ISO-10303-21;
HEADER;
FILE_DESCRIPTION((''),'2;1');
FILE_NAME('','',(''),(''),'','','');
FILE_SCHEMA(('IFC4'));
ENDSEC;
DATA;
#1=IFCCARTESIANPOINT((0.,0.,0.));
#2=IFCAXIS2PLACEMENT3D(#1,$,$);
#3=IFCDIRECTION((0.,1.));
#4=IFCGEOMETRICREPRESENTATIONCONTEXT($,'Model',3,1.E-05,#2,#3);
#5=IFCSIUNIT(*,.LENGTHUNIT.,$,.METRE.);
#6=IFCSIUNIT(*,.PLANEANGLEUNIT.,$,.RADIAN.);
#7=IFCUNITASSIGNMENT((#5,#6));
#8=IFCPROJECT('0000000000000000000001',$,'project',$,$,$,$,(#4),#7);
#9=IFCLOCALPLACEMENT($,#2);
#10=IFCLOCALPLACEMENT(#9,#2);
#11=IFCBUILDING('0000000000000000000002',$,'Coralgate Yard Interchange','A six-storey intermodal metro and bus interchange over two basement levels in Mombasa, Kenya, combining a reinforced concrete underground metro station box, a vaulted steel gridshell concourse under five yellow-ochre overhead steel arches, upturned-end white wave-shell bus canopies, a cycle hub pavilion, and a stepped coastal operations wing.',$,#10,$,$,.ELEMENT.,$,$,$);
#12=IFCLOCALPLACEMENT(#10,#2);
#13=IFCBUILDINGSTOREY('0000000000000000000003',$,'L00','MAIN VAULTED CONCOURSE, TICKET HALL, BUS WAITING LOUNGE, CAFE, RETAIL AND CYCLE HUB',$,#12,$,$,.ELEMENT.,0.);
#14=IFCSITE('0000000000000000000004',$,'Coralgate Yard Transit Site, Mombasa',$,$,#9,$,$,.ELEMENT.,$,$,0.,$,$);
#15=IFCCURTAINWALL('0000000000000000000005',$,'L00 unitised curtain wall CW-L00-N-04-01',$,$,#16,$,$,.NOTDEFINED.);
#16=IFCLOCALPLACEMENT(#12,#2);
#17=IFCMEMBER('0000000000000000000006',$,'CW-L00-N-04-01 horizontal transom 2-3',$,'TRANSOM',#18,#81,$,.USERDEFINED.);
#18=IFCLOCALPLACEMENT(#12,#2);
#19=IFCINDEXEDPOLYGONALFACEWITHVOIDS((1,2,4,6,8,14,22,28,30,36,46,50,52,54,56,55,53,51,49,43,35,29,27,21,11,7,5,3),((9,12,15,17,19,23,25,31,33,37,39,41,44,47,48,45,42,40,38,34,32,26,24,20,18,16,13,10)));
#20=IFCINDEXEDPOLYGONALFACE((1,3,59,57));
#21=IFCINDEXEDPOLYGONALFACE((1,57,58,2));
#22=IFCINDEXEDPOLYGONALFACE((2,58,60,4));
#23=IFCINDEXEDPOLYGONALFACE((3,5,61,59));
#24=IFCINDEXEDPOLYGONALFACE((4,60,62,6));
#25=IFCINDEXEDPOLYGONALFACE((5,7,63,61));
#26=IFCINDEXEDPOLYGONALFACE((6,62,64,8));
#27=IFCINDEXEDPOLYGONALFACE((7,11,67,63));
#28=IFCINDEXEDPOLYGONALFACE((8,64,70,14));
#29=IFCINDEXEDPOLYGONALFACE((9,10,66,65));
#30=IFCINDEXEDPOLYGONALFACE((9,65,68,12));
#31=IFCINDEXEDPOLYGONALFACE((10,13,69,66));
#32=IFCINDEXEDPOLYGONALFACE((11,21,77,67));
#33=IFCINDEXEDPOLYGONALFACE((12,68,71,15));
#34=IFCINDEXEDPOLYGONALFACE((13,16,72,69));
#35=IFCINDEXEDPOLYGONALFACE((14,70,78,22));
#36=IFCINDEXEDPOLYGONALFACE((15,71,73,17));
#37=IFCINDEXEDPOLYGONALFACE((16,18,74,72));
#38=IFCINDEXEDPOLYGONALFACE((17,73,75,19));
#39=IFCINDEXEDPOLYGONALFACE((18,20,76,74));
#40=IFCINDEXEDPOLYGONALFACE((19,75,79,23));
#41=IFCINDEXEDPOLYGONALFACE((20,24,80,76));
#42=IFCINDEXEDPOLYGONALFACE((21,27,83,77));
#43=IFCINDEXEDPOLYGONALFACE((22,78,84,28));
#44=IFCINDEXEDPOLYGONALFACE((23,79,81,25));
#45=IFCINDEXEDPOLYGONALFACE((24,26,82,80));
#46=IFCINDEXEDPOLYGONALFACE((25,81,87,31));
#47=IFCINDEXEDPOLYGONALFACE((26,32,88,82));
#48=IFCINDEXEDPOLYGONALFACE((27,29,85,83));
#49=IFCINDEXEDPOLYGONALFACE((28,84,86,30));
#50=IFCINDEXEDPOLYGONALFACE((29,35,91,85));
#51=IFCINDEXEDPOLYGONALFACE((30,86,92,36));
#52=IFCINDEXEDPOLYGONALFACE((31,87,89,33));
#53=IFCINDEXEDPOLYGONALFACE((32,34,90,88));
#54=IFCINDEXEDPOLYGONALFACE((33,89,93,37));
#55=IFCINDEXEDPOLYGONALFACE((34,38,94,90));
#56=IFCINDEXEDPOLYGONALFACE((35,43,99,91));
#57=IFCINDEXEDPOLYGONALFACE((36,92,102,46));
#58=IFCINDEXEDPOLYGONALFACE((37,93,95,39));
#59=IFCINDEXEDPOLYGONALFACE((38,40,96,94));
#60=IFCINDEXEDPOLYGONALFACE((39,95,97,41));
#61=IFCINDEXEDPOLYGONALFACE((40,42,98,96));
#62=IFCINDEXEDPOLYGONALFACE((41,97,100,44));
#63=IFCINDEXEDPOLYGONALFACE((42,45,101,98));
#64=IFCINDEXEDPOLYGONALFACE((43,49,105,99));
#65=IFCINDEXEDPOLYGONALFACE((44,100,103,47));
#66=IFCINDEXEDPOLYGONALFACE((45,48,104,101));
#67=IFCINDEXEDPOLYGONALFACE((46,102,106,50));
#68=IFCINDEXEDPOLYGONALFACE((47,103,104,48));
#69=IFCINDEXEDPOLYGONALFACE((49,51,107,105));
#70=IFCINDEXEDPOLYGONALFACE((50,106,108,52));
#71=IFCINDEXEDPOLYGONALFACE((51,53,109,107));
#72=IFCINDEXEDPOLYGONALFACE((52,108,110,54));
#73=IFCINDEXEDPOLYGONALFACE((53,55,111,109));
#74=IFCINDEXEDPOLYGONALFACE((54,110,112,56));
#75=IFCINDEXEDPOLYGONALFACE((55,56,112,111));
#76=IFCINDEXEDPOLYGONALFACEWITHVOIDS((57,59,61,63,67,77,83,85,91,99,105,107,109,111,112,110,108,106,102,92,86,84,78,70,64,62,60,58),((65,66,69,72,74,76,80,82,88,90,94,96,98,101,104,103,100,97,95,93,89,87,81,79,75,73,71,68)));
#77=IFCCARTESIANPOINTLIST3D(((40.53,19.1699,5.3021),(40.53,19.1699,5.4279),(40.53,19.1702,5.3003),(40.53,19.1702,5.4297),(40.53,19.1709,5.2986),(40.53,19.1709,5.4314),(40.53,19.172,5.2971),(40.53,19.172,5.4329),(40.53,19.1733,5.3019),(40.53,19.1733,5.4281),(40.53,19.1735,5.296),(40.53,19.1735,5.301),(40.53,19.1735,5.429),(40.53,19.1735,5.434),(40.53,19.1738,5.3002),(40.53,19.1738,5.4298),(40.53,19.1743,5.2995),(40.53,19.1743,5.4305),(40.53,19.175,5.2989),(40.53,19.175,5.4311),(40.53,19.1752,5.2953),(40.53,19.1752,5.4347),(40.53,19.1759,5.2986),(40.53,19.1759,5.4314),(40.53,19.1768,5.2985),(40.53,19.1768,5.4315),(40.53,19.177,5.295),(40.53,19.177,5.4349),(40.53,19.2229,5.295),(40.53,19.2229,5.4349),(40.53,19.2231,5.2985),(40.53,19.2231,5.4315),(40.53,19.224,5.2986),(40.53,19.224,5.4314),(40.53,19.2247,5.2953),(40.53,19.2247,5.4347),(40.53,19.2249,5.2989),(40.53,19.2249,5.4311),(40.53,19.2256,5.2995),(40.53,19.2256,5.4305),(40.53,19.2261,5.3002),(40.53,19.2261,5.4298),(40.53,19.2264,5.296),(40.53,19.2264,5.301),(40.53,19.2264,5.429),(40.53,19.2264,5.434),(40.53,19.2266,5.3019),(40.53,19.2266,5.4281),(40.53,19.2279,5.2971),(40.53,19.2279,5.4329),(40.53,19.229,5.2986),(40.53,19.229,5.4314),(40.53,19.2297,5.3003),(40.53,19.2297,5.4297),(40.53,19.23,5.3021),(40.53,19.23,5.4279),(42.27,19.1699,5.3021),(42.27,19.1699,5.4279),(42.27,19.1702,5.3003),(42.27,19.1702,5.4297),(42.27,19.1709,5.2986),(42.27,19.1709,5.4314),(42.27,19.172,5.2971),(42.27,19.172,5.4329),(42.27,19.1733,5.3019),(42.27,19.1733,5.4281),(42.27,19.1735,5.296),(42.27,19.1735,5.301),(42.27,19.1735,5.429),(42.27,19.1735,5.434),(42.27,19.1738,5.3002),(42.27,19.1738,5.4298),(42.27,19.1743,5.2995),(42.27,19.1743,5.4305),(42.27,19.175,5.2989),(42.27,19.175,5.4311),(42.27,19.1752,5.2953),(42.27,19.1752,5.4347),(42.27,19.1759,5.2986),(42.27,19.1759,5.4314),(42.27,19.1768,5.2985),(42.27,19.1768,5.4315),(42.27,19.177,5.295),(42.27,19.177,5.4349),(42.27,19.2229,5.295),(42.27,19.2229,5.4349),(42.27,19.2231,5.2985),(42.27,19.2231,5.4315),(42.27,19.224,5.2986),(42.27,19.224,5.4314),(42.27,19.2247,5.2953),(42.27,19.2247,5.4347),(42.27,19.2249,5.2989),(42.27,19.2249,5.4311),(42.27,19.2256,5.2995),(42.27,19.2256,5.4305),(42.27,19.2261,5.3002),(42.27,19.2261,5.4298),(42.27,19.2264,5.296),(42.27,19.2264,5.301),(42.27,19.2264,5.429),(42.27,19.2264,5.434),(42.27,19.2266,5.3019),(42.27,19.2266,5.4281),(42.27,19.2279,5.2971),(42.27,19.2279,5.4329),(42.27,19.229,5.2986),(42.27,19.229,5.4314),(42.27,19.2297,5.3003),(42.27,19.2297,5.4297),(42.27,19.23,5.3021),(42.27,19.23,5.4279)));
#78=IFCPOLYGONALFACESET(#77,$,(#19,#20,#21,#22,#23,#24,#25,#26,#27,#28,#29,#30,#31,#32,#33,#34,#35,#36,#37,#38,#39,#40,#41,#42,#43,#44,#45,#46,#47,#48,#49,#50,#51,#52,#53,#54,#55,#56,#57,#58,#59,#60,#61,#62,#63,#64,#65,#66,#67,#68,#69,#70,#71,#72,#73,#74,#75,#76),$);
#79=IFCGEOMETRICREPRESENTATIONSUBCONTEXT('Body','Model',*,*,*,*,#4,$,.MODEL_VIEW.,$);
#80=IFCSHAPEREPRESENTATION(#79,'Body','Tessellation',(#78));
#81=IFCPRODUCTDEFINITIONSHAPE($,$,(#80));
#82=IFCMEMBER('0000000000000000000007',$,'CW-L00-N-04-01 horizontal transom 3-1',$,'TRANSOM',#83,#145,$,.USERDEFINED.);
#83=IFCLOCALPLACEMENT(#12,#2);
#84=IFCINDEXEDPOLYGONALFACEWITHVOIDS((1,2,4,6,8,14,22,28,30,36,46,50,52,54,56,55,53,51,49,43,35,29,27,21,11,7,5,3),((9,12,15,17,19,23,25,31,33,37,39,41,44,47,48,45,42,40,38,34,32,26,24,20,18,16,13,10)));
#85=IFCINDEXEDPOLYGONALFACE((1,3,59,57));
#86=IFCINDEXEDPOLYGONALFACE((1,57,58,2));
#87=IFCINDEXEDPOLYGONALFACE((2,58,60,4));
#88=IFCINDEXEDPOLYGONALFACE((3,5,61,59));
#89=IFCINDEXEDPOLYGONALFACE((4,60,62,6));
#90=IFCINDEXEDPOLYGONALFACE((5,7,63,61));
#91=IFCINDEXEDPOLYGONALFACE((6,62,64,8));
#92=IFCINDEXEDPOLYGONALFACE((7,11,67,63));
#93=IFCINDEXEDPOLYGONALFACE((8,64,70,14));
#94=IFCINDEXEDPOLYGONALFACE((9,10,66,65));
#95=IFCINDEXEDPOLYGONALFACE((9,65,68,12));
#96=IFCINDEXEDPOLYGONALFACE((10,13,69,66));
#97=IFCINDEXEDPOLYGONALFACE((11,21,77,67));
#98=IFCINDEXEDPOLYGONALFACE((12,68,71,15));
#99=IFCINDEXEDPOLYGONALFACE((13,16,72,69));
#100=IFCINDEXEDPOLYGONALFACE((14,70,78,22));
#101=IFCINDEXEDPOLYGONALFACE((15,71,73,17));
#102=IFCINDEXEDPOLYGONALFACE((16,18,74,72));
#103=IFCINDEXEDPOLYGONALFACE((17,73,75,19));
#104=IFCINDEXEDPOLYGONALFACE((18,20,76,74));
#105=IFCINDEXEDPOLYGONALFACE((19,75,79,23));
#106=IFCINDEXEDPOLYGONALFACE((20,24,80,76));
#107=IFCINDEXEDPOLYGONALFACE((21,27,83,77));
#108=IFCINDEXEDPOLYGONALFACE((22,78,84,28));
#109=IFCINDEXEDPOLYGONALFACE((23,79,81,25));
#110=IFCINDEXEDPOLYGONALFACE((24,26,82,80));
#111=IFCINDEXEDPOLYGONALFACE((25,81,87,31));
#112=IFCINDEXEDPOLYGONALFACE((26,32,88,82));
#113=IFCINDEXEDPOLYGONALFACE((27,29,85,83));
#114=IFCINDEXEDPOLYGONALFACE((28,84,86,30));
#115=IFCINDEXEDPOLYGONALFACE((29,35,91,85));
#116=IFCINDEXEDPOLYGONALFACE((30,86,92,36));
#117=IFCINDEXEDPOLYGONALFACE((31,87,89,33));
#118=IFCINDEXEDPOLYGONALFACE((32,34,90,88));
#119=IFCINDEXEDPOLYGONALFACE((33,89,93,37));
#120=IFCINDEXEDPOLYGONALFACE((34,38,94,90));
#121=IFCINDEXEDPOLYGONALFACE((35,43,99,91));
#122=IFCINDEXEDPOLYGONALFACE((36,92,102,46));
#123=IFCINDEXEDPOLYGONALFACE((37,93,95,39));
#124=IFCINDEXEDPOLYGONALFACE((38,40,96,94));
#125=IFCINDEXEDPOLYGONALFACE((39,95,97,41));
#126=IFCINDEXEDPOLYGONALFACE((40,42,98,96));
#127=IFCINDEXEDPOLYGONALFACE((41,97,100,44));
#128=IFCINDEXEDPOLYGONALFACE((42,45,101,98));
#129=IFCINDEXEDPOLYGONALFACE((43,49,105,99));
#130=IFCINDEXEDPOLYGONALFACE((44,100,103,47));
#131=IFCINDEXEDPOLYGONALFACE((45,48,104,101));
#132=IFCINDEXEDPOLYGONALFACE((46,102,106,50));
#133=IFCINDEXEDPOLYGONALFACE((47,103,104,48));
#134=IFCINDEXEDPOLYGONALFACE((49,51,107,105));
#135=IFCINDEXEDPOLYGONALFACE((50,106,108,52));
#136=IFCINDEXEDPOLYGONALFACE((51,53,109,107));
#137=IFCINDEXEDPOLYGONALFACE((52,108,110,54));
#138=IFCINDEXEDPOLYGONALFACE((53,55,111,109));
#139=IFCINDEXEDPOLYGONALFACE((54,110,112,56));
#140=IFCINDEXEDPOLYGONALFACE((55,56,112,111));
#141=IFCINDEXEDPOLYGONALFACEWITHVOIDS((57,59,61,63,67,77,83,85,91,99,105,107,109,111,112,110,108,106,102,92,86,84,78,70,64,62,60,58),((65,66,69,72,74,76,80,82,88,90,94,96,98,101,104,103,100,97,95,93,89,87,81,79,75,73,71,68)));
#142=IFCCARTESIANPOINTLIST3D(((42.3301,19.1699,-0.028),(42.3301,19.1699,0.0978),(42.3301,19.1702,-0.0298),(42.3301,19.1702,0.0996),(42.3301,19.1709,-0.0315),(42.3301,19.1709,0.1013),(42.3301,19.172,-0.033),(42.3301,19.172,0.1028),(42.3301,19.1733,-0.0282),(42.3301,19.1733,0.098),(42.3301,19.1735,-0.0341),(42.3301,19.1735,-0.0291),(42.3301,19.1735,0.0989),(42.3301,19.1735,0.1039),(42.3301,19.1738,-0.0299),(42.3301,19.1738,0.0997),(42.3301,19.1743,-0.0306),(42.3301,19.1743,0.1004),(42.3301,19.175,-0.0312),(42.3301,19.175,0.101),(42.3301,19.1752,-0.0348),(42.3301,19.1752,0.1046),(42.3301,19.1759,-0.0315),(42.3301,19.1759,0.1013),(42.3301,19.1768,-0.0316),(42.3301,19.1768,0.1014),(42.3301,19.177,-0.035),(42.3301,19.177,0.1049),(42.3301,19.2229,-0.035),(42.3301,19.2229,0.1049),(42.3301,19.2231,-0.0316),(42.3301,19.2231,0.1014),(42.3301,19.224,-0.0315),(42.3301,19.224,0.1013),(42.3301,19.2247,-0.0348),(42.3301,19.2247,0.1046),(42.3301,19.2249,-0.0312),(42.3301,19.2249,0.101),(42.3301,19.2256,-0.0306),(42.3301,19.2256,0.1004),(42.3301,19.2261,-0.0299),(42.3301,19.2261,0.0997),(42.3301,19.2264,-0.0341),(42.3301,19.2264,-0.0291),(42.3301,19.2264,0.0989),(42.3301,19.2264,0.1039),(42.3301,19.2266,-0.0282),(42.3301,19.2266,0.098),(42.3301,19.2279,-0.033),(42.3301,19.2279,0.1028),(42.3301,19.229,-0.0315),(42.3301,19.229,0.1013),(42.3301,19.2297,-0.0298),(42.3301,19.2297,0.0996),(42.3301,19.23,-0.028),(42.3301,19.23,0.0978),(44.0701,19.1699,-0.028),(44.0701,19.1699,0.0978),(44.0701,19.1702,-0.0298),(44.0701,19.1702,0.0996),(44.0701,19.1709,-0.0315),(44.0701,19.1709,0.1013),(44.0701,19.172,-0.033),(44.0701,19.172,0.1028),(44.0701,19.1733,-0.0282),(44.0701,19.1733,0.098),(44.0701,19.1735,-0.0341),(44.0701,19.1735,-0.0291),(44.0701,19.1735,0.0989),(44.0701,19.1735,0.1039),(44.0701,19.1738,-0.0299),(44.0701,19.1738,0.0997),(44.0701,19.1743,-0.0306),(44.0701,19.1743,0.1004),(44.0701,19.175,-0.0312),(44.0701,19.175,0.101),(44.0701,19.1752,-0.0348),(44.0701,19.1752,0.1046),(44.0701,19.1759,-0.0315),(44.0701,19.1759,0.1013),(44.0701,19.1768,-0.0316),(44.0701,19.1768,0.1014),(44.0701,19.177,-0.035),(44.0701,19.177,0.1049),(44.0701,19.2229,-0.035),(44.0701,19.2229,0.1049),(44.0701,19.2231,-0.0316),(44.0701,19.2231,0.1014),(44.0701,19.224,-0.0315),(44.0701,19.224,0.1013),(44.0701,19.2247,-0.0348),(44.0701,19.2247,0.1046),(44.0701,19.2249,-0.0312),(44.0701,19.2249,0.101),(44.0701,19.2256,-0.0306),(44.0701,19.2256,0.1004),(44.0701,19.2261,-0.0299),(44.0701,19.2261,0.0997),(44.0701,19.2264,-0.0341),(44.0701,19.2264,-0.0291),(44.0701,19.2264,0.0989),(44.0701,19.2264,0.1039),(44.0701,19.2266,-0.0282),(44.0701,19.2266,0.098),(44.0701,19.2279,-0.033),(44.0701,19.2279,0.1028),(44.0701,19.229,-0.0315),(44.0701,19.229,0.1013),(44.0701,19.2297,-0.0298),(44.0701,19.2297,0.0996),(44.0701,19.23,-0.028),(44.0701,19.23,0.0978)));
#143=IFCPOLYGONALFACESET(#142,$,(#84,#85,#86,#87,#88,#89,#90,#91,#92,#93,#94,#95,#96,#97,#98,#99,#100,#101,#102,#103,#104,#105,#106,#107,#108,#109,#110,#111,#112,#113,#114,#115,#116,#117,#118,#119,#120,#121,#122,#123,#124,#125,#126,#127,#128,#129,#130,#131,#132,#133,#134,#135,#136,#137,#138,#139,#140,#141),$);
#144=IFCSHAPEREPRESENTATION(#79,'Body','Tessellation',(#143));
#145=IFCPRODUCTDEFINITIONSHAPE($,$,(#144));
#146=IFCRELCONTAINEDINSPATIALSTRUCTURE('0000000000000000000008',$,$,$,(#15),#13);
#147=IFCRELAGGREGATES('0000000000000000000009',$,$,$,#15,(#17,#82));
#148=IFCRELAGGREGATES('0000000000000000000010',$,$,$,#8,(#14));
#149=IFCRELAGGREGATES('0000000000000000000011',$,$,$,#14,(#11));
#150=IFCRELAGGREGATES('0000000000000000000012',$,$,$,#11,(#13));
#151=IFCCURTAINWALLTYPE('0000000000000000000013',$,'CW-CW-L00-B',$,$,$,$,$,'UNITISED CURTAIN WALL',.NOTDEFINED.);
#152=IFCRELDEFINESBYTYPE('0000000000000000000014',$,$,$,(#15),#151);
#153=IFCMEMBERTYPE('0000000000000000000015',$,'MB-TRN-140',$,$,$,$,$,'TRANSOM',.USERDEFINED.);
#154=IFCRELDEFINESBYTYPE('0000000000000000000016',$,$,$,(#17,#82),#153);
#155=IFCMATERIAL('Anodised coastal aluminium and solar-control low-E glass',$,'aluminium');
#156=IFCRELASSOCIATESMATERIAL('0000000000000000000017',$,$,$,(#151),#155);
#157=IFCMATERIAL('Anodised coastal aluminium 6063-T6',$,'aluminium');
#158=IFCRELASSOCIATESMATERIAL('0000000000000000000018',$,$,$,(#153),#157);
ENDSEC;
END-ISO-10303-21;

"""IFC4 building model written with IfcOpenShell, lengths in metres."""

from ifc_helpers import new_model, si_unit, direction, frame, origin, origin_2d, place, context, subcontext, project, spatial, hollow_rectangle, extrude, material, material_profile, profile_set, type_object, element, aggregate, save


model = new_model("IFC4")

# Units and contexts
model_context = context("Model", 3, precision=1e-05, world=origin(), true_north=direction((0.0, 1.0)))
body_context = subcontext(model_context, "Body", "Model", "MODEL_VIEW")
ifc_project = project(units=[si_unit("LENGTHUNIT", "METRE"), si_unit("PLANEANGLEUNIT", "RADIAN")], contexts=[model_context])

# Site, building, storey
site_placement = place(None, origin())
site = spatial("IfcSite", under=ifc_project, at=site_placement, Name="Coralgate Yard Transit Site, Mombasa", CompositionType="ELEMENT", RefElevation=0.0)
building_placement = place(site_placement, origin())
building = spatial("IfcBuilding", under=site, at=building_placement, Name="Coralgate Yard Interchange", Description="A six-storey intermodal metro and bus interchange over two basement levels in Mombasa, Kenya, combining a reinforced concrete underground metro station box, a vaulted steel gridshell concourse under five yellow-ochre overhead steel arches, upturned-end white wave-shell bus canopies, a cycle hub pavilion, and a stepped coastal operations wing.", CompositionType="ELEMENT")
storey_placement = place(building_placement, origin())
storey = spatial("IfcBuildingStorey", under=building, at=storey_placement, Name="L00", Description="MAIN VAULTED CONCOURSE, TICKET HALL, BUS WAITING LOUNGE, CAFE, RETAIL AND CYCLE HUB", CompositionType="ELEMENT", Elevation=0.0)

# Curtain wall, members
ifc_material_1 = material(Name="Anodised coastal aluminium and solar-control low-E glass", Category="aluminium")
curtain_wall_type = type_object("IfcCurtainWallType", Name="CW-CW-L00-B", ElementType="UNITISED CURTAIN WALL", PredefinedType="NOTDEFINED", material=ifc_material_1)
curtain_wall_placement = place(storey_placement, origin())
curtain_wall = element("IfcCurtainWall", 1, at=curtain_wall_placement, inside=storey, type_object=curtain_wall_type, Name="L00 unitised curtain wall CW-L00-N-04-01", PredefinedType="NOTDEFINED")
ifc_material_2 = material(Name="Anodised coastal aluminium 6063-T6", Category="aluminium")
ifc_material_profile_1 = material_profile(ifc_material_2, hollow_rectangle(XDim=0.0601, YDim=0.1399, WallThickness=0.0034, InnerFilletRadius=0.0034, OuterFilletRadius=0.0071, at=origin_2d()), Name="ALU 60x140x3.5")
ifc_profile_set_1 = profile_set([ifc_material_profile_1], Name="Anodised coastal aluminium 6063-T6")
member_type_1 = type_object("IfcMemberType", Name="MB-TRN-140", ElementType="TRANSOM", PredefinedType="USERDEFINED", material=ifc_profile_set_1)
member_1_placement = place(storey_placement, frame((40.53, 19.2, 5.365), z_axis=(1.0, 0.0, 0.0), x_axis=(0.0, 1.0, 0.0)))
member_1 = element("IfcMember", 2, at=member_1_placement, type_object=member_type_1, Name="CW-L00-N-04-01 horizontal transom 2-3", ObjectType="TRANSOM", PredefinedType="USERDEFINED", context=body_context, shape_type="SweptSolid", body=[
    extrude(hollow_rectangle(XDim=0.0601, YDim=0.1399, WallThickness=0.0034, InnerFilletRadius=0.0034, OuterFilletRadius=0.0071, at=origin_2d()), origin(), (0.0, 0.0, 1.0), 1.74),
])
member_2_placement = place(storey_placement, frame((42.3301, 19.2, 0.0349), z_axis=(1.0, 0.0, 0.0), x_axis=(0.0, 1.0, 0.0)))
member_2 = element("IfcMember", 3, at=member_2_placement, type_object=member_type_1, Name="CW-L00-N-04-01 horizontal transom 3-1", ObjectType="TRANSOM", PredefinedType="USERDEFINED", context=body_context, shape_type="SweptSolid", body=[
    extrude(hollow_rectangle(XDim=0.0601, YDim=0.1399, WallThickness=0.0034, InnerFilletRadius=0.0034, OuterFilletRadius=0.0071, at=origin_2d()), origin(), (0.0, 0.0, 1.0), 1.74),
])
aggregate(curtain_wall, [member_1, member_2])

save(model, "model.ifc")
